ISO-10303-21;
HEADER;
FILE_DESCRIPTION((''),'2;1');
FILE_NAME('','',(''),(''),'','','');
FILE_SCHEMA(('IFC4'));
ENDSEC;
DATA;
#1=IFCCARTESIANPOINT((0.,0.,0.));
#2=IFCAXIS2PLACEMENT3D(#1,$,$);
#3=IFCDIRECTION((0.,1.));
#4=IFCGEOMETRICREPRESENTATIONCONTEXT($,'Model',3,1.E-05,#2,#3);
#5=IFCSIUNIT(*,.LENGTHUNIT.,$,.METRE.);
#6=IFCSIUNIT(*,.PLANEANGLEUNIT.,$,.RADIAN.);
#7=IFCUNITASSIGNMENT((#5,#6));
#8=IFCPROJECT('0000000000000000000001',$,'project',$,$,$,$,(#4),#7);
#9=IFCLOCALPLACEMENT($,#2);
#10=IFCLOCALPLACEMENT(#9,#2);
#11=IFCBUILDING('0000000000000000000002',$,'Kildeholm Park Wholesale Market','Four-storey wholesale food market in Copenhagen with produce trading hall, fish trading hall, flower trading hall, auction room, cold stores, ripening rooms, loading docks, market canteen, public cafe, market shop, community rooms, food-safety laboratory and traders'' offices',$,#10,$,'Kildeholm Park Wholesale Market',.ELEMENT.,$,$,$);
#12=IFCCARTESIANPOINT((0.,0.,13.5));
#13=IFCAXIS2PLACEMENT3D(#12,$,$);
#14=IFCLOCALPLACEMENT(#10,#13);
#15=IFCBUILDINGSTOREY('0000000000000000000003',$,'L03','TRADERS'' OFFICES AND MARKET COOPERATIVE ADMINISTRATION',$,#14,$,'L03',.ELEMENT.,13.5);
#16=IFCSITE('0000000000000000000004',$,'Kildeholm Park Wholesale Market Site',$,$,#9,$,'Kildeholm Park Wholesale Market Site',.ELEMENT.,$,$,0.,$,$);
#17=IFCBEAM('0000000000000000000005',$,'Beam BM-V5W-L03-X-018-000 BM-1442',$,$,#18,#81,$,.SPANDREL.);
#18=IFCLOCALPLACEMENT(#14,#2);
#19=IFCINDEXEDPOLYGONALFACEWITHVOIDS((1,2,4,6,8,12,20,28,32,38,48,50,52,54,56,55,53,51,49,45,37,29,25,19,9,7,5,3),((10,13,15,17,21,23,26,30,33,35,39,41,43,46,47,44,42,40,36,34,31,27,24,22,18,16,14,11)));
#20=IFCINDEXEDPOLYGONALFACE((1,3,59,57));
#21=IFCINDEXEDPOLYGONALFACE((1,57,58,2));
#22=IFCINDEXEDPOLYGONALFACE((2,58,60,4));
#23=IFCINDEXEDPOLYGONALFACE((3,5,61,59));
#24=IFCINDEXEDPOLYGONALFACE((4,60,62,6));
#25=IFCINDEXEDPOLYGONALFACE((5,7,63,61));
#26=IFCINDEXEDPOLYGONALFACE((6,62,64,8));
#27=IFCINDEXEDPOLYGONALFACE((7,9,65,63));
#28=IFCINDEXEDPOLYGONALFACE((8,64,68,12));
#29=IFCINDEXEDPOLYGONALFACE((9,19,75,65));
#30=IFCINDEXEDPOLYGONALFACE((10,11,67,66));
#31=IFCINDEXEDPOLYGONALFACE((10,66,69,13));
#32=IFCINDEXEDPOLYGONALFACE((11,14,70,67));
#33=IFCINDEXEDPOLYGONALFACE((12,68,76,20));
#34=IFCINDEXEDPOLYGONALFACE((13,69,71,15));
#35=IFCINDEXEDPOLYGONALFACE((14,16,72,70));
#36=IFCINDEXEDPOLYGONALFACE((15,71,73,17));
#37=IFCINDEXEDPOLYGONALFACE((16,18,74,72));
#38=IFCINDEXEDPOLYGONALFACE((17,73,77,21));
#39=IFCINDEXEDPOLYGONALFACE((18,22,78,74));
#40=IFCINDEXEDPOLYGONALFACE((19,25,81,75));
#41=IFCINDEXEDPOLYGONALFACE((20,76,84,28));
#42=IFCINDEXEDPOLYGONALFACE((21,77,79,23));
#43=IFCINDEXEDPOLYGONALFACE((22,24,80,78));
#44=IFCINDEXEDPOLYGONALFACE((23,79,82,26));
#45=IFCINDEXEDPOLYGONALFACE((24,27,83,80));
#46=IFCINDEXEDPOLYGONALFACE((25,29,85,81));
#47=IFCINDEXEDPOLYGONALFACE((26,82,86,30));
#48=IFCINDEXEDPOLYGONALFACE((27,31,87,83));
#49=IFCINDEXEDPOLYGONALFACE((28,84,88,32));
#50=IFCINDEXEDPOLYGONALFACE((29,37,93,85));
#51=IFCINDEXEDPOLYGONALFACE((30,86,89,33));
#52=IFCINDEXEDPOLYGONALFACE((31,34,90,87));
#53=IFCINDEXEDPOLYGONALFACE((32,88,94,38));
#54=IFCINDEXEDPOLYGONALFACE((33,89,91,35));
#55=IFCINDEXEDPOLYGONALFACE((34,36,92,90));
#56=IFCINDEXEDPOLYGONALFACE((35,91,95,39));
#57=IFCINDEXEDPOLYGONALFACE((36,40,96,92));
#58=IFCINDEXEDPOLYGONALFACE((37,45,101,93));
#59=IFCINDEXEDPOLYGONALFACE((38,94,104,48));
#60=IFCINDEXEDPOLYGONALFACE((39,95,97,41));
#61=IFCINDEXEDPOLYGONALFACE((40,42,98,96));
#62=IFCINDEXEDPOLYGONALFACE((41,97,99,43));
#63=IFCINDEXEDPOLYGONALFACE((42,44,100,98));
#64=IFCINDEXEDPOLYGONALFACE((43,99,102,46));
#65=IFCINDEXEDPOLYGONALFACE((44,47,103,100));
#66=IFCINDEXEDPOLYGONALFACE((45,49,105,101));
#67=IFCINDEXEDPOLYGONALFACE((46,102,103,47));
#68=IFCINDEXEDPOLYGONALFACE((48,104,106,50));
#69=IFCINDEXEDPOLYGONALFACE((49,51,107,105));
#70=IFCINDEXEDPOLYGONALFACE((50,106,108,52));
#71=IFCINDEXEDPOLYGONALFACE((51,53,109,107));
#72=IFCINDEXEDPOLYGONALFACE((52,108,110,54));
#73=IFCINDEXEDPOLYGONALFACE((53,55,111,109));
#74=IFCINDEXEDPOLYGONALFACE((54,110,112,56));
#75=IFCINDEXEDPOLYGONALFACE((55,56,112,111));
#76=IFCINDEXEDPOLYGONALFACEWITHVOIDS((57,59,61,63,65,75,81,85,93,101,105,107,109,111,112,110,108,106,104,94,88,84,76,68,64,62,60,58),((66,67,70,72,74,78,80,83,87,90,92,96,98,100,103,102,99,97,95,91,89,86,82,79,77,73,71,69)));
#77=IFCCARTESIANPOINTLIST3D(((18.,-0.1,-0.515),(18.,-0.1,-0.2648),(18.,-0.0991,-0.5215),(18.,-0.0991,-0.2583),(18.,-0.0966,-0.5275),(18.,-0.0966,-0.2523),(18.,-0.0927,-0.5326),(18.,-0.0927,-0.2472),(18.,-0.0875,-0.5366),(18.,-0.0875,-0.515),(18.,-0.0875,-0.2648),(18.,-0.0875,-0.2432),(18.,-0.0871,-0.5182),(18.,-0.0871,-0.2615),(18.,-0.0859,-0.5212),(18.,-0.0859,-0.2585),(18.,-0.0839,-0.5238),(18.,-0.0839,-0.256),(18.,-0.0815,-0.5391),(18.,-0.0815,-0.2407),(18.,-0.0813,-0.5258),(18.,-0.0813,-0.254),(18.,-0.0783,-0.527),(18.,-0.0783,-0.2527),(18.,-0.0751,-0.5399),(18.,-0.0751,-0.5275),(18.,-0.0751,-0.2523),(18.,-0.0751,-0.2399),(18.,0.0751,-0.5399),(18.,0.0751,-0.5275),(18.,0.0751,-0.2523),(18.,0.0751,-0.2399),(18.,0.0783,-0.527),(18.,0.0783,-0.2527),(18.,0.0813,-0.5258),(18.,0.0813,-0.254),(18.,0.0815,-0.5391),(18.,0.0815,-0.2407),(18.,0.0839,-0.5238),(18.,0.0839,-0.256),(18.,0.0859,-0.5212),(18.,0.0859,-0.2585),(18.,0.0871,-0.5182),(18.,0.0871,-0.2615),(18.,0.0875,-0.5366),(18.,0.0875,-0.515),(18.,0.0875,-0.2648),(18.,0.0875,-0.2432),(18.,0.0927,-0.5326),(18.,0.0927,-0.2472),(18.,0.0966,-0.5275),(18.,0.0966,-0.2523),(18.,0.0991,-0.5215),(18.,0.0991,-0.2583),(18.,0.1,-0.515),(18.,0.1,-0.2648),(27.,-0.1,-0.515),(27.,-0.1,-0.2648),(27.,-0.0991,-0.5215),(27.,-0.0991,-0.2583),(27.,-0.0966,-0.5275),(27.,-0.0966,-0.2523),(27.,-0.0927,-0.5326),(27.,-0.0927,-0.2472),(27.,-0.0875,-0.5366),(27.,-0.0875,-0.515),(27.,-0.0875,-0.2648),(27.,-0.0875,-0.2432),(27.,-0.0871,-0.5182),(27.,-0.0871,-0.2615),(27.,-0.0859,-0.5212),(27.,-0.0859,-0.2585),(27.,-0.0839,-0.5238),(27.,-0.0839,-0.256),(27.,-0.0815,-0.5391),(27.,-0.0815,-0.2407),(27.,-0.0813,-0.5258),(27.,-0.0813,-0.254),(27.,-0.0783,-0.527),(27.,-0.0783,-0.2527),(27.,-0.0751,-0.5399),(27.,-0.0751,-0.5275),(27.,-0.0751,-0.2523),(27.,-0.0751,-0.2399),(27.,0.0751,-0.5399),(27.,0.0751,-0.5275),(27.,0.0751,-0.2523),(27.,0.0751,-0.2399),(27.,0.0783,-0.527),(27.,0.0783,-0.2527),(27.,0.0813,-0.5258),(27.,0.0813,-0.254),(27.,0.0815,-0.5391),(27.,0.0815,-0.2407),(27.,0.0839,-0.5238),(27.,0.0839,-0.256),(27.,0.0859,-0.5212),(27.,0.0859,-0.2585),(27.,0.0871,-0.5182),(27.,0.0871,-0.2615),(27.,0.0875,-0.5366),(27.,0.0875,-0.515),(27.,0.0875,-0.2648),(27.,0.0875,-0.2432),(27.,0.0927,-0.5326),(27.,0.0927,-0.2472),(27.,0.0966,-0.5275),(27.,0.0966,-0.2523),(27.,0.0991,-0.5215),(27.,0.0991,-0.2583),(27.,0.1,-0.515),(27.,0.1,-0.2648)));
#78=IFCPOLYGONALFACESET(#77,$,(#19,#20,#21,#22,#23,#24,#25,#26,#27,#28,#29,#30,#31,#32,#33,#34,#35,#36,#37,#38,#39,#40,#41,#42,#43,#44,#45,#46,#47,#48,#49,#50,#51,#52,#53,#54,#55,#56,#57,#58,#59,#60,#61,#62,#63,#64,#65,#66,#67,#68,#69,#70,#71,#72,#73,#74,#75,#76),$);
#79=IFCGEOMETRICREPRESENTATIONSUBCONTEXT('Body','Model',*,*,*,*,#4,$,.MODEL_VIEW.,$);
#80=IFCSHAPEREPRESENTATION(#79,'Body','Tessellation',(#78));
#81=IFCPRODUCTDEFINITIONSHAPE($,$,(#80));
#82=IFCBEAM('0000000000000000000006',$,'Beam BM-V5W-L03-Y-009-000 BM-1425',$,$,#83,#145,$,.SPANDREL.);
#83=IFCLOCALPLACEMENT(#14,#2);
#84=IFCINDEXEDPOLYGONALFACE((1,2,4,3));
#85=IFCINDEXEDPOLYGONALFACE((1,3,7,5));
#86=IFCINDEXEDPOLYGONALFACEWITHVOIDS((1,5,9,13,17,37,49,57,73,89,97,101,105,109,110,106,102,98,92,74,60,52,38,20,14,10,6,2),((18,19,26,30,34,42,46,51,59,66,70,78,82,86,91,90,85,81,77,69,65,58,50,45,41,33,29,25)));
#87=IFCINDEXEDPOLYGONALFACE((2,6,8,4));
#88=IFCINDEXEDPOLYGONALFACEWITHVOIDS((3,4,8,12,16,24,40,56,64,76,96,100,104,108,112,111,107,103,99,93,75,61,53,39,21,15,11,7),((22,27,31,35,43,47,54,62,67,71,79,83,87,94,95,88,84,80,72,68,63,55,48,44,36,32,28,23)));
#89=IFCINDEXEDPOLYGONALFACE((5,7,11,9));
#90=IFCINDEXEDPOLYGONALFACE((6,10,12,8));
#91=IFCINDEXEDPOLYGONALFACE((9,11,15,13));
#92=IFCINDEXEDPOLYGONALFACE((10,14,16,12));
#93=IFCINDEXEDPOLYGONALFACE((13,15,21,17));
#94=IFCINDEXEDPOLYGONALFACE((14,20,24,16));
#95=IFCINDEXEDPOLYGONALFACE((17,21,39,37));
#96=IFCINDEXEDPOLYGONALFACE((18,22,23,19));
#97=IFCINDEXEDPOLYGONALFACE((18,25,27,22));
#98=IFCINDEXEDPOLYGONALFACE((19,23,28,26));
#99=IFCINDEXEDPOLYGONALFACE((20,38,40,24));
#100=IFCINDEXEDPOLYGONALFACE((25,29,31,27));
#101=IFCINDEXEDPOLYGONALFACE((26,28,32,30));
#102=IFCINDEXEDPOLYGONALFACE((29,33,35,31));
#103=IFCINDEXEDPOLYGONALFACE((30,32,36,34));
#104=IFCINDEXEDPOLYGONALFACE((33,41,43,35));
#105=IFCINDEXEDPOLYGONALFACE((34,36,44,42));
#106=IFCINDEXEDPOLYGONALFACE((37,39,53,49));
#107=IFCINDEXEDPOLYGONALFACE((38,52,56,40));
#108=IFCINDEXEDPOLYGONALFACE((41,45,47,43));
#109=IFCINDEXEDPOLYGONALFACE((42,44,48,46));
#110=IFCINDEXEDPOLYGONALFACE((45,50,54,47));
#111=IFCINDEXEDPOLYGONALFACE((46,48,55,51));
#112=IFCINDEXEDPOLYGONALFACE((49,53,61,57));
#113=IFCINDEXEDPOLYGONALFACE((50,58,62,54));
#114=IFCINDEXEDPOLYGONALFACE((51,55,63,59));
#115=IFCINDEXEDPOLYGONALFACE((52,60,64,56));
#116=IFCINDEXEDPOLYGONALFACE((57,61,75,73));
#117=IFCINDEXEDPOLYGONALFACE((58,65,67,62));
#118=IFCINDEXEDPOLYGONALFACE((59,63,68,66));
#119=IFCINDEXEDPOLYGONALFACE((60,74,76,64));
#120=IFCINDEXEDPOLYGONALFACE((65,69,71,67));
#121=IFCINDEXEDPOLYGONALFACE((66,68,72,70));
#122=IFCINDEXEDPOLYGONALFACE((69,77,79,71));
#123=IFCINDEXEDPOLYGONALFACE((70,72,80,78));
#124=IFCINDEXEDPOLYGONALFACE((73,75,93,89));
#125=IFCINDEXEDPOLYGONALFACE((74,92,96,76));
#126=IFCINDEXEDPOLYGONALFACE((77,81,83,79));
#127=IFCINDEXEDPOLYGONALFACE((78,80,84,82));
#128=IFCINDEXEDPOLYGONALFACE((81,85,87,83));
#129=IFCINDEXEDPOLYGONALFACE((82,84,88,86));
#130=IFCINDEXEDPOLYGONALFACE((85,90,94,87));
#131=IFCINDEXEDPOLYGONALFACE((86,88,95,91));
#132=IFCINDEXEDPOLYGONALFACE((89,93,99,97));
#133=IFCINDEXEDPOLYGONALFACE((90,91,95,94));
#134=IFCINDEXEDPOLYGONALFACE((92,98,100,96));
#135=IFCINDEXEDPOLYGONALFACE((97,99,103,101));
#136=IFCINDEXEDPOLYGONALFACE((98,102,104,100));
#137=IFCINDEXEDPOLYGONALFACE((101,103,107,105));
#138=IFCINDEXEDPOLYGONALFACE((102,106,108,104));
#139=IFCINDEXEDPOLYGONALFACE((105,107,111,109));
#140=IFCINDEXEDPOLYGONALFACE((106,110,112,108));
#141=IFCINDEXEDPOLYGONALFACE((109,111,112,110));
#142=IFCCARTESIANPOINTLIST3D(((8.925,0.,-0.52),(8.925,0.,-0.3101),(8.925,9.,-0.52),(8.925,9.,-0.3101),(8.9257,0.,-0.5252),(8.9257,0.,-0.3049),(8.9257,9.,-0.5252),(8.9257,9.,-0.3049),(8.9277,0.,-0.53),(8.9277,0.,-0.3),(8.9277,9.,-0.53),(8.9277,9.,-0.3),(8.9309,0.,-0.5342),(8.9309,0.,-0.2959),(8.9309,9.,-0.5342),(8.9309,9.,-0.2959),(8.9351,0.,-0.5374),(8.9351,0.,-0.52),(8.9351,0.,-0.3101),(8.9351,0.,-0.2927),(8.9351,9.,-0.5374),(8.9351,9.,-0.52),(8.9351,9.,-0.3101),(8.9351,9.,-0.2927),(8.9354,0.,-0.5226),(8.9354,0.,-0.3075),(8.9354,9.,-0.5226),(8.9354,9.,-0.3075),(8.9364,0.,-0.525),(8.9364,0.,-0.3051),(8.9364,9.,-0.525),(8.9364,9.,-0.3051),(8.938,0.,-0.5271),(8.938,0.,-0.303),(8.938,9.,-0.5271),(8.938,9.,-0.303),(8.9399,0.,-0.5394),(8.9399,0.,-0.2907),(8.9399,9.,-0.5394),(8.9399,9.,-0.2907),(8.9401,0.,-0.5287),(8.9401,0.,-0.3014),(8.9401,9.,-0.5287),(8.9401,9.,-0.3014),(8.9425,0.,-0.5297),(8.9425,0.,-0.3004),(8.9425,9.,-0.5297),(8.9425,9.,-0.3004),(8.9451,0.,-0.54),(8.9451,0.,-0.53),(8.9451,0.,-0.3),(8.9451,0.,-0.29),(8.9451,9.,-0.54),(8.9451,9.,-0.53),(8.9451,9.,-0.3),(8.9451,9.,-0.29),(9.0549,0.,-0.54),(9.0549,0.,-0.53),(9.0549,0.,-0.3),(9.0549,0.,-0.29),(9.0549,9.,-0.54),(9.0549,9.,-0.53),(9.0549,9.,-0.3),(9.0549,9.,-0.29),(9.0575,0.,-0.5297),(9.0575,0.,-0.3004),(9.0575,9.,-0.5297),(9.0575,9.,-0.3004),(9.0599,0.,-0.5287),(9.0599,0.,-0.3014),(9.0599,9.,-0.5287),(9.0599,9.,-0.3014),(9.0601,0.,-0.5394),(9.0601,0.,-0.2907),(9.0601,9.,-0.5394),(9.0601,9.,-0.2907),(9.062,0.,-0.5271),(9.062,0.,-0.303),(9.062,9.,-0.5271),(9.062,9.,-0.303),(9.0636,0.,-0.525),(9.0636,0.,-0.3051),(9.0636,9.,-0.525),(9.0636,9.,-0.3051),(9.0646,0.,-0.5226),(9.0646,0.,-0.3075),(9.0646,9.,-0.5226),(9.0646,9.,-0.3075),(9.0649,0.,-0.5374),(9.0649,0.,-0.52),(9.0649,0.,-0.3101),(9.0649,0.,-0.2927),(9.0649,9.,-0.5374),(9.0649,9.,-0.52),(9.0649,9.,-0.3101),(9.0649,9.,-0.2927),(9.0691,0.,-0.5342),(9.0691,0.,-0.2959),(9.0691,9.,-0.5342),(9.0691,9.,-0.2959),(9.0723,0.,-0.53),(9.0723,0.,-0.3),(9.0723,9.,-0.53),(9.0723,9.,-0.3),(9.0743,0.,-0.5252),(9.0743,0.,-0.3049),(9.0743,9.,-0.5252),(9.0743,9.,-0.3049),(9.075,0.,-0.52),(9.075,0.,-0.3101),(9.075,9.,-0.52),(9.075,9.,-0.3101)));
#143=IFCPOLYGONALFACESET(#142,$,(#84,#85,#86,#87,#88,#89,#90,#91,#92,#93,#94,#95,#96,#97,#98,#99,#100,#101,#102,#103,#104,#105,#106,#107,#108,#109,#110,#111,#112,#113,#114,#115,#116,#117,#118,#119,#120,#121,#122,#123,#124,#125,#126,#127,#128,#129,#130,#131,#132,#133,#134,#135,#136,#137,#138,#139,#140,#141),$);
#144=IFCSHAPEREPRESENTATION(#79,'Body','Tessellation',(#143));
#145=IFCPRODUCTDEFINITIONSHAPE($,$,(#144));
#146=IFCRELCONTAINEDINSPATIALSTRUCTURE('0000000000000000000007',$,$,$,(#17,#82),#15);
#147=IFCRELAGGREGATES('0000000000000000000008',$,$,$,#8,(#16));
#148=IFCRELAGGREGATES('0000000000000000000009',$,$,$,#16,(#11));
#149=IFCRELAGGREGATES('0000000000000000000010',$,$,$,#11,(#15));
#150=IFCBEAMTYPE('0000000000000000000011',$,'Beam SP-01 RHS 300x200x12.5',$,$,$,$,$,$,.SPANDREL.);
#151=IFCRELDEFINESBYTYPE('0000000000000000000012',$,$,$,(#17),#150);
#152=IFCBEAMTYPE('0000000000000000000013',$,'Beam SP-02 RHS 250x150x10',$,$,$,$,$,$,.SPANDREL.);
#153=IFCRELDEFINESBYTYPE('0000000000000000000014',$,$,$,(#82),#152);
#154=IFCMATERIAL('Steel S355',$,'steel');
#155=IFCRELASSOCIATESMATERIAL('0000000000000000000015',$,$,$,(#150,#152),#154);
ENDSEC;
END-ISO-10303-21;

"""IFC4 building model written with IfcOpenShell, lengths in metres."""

from ifc_helpers import new_model, si_unit, direction, frame, origin, origin_2d, place, context, subcontext, project, spatial, hollow_rectangle, extrude, material, material_profile, profile_set, type_object, element, save


model = new_model("IFC4")

# Units and contexts
model_context = context("Model", 3, precision=1e-05, world=origin(), true_north=direction((0.0, 1.0)))
body_context = subcontext(model_context, "Body", "Model", "MODEL_VIEW")
ifc_project = project(units=[si_unit("LENGTHUNIT", "METRE"), si_unit("PLANEANGLEUNIT", "RADIAN")], contexts=[model_context])

# Site, building, storey
site_placement = place(None, origin())
site = spatial("IfcSite", under=ifc_project, at=site_placement, Name="Kildeholm Park Wholesale Market Site", LongName="Kildeholm Park Wholesale Market Site", CompositionType="ELEMENT", RefElevation=0.0)
building_placement = place(site_placement, origin())
building = spatial("IfcBuilding", under=site, at=building_placement, Name="Kildeholm Park Wholesale Market", Description="Four-storey wholesale food market in Copenhagen with produce trading hall, fish trading hall, flower trading hall, auction room, cold stores, ripening rooms, loading docks, market canteen, public cafe, market shop, community rooms, food-safety laboratory and traders' offices", LongName="Kildeholm Park Wholesale Market", CompositionType="ELEMENT")
storey_placement = place(building_placement, frame((0.0, 0.0, 13.5)))
storey = spatial("IfcBuildingStorey", under=building, at=storey_placement, Name="L03", Description="TRADERS' OFFICES AND MARKET COOPERATIVE ADMINISTRATION", LongName="L03", CompositionType="ELEMENT", Elevation=13.5)

# Shared definitions
ifc_material_1 = material(Name="Steel S355", Category="steel")

# Beams
ifc_material_profile_1 = material_profile(ifc_material_1, hollow_rectangle(XDim=0.2, YDim=0.3, WallThickness=0.0125, InnerFilletRadius=0.0125, OuterFilletRadius=0.0249, at=origin_2d()), Name="RHS 300x200x12.5")
ifc_profile_set_1 = profile_set([ifc_material_profile_1], Name="Steel S355")
beam_type_1 = type_object("IfcBeamType", Name="Beam SP-01 RHS 300x200x12.5", PredefinedType="SPANDREL", material=ifc_profile_set_1)
for number, where, z_axis, x_axis, name in (
    (1, (18.0, 0.0, -0.3899), (1.0, 0.0, 0.0), (0.0, 1.0, 0.0), "Beam BM-V5W-L03-X-018-000 BM-1442"),
):
    element("IfcBeam", number, at=place(storey_placement, frame(where, z_axis=z_axis, x_axis=x_axis)), inside=storey, type_object=beam_type_1, Name=name, PredefinedType="SPANDREL", context=body_context, shape_type="SweptSolid", body=[
        extrude(hollow_rectangle(XDim=0.2, YDim=0.3, WallThickness=0.0125, InnerFilletRadius=0.0125, OuterFilletRadius=0.0249, at=origin_2d()), origin(), (0.0, 0.0, 1.0), 9.0),
    ])
ifc_material_profile_2 = material_profile(ifc_material_1, hollow_rectangle(XDim=0.1499, YDim=0.25, WallThickness=0.01, InnerFilletRadius=0.01, OuterFilletRadius=0.02, at=origin_2d()), Name="RHS 250x150x10")
ifc_profile_set_2 = profile_set([ifc_material_profile_2], Name="Steel S355")
beam_type_2 = type_object("IfcBeamType", Name="Beam SP-02 RHS 250x150x10", PredefinedType="SPANDREL", material=ifc_profile_set_2)
for number, where, z_axis, x_axis, name in (
    (2, (9.0, 0.0, -0.415), (0.0, 1.0, 0.0), (-1.0, 0.0, 0.0), "Beam BM-V5W-L03-Y-009-000 BM-1425"),
):
    element("IfcBeam", number, at=place(storey_placement, frame(where, z_axis=z_axis, x_axis=x_axis)), inside=storey, type_object=beam_type_2, Name=name, PredefinedType="SPANDREL", context=body_context, shape_type="SweptSolid", body=[
        extrude(hollow_rectangle(XDim=0.1499, YDim=0.25, WallThickness=0.01, InnerFilletRadius=0.01, OuterFilletRadius=0.02, at=origin_2d()), origin(), (0.0, 0.0, 1.0), 9.0),
    ])

save(model, "model.ifc")
